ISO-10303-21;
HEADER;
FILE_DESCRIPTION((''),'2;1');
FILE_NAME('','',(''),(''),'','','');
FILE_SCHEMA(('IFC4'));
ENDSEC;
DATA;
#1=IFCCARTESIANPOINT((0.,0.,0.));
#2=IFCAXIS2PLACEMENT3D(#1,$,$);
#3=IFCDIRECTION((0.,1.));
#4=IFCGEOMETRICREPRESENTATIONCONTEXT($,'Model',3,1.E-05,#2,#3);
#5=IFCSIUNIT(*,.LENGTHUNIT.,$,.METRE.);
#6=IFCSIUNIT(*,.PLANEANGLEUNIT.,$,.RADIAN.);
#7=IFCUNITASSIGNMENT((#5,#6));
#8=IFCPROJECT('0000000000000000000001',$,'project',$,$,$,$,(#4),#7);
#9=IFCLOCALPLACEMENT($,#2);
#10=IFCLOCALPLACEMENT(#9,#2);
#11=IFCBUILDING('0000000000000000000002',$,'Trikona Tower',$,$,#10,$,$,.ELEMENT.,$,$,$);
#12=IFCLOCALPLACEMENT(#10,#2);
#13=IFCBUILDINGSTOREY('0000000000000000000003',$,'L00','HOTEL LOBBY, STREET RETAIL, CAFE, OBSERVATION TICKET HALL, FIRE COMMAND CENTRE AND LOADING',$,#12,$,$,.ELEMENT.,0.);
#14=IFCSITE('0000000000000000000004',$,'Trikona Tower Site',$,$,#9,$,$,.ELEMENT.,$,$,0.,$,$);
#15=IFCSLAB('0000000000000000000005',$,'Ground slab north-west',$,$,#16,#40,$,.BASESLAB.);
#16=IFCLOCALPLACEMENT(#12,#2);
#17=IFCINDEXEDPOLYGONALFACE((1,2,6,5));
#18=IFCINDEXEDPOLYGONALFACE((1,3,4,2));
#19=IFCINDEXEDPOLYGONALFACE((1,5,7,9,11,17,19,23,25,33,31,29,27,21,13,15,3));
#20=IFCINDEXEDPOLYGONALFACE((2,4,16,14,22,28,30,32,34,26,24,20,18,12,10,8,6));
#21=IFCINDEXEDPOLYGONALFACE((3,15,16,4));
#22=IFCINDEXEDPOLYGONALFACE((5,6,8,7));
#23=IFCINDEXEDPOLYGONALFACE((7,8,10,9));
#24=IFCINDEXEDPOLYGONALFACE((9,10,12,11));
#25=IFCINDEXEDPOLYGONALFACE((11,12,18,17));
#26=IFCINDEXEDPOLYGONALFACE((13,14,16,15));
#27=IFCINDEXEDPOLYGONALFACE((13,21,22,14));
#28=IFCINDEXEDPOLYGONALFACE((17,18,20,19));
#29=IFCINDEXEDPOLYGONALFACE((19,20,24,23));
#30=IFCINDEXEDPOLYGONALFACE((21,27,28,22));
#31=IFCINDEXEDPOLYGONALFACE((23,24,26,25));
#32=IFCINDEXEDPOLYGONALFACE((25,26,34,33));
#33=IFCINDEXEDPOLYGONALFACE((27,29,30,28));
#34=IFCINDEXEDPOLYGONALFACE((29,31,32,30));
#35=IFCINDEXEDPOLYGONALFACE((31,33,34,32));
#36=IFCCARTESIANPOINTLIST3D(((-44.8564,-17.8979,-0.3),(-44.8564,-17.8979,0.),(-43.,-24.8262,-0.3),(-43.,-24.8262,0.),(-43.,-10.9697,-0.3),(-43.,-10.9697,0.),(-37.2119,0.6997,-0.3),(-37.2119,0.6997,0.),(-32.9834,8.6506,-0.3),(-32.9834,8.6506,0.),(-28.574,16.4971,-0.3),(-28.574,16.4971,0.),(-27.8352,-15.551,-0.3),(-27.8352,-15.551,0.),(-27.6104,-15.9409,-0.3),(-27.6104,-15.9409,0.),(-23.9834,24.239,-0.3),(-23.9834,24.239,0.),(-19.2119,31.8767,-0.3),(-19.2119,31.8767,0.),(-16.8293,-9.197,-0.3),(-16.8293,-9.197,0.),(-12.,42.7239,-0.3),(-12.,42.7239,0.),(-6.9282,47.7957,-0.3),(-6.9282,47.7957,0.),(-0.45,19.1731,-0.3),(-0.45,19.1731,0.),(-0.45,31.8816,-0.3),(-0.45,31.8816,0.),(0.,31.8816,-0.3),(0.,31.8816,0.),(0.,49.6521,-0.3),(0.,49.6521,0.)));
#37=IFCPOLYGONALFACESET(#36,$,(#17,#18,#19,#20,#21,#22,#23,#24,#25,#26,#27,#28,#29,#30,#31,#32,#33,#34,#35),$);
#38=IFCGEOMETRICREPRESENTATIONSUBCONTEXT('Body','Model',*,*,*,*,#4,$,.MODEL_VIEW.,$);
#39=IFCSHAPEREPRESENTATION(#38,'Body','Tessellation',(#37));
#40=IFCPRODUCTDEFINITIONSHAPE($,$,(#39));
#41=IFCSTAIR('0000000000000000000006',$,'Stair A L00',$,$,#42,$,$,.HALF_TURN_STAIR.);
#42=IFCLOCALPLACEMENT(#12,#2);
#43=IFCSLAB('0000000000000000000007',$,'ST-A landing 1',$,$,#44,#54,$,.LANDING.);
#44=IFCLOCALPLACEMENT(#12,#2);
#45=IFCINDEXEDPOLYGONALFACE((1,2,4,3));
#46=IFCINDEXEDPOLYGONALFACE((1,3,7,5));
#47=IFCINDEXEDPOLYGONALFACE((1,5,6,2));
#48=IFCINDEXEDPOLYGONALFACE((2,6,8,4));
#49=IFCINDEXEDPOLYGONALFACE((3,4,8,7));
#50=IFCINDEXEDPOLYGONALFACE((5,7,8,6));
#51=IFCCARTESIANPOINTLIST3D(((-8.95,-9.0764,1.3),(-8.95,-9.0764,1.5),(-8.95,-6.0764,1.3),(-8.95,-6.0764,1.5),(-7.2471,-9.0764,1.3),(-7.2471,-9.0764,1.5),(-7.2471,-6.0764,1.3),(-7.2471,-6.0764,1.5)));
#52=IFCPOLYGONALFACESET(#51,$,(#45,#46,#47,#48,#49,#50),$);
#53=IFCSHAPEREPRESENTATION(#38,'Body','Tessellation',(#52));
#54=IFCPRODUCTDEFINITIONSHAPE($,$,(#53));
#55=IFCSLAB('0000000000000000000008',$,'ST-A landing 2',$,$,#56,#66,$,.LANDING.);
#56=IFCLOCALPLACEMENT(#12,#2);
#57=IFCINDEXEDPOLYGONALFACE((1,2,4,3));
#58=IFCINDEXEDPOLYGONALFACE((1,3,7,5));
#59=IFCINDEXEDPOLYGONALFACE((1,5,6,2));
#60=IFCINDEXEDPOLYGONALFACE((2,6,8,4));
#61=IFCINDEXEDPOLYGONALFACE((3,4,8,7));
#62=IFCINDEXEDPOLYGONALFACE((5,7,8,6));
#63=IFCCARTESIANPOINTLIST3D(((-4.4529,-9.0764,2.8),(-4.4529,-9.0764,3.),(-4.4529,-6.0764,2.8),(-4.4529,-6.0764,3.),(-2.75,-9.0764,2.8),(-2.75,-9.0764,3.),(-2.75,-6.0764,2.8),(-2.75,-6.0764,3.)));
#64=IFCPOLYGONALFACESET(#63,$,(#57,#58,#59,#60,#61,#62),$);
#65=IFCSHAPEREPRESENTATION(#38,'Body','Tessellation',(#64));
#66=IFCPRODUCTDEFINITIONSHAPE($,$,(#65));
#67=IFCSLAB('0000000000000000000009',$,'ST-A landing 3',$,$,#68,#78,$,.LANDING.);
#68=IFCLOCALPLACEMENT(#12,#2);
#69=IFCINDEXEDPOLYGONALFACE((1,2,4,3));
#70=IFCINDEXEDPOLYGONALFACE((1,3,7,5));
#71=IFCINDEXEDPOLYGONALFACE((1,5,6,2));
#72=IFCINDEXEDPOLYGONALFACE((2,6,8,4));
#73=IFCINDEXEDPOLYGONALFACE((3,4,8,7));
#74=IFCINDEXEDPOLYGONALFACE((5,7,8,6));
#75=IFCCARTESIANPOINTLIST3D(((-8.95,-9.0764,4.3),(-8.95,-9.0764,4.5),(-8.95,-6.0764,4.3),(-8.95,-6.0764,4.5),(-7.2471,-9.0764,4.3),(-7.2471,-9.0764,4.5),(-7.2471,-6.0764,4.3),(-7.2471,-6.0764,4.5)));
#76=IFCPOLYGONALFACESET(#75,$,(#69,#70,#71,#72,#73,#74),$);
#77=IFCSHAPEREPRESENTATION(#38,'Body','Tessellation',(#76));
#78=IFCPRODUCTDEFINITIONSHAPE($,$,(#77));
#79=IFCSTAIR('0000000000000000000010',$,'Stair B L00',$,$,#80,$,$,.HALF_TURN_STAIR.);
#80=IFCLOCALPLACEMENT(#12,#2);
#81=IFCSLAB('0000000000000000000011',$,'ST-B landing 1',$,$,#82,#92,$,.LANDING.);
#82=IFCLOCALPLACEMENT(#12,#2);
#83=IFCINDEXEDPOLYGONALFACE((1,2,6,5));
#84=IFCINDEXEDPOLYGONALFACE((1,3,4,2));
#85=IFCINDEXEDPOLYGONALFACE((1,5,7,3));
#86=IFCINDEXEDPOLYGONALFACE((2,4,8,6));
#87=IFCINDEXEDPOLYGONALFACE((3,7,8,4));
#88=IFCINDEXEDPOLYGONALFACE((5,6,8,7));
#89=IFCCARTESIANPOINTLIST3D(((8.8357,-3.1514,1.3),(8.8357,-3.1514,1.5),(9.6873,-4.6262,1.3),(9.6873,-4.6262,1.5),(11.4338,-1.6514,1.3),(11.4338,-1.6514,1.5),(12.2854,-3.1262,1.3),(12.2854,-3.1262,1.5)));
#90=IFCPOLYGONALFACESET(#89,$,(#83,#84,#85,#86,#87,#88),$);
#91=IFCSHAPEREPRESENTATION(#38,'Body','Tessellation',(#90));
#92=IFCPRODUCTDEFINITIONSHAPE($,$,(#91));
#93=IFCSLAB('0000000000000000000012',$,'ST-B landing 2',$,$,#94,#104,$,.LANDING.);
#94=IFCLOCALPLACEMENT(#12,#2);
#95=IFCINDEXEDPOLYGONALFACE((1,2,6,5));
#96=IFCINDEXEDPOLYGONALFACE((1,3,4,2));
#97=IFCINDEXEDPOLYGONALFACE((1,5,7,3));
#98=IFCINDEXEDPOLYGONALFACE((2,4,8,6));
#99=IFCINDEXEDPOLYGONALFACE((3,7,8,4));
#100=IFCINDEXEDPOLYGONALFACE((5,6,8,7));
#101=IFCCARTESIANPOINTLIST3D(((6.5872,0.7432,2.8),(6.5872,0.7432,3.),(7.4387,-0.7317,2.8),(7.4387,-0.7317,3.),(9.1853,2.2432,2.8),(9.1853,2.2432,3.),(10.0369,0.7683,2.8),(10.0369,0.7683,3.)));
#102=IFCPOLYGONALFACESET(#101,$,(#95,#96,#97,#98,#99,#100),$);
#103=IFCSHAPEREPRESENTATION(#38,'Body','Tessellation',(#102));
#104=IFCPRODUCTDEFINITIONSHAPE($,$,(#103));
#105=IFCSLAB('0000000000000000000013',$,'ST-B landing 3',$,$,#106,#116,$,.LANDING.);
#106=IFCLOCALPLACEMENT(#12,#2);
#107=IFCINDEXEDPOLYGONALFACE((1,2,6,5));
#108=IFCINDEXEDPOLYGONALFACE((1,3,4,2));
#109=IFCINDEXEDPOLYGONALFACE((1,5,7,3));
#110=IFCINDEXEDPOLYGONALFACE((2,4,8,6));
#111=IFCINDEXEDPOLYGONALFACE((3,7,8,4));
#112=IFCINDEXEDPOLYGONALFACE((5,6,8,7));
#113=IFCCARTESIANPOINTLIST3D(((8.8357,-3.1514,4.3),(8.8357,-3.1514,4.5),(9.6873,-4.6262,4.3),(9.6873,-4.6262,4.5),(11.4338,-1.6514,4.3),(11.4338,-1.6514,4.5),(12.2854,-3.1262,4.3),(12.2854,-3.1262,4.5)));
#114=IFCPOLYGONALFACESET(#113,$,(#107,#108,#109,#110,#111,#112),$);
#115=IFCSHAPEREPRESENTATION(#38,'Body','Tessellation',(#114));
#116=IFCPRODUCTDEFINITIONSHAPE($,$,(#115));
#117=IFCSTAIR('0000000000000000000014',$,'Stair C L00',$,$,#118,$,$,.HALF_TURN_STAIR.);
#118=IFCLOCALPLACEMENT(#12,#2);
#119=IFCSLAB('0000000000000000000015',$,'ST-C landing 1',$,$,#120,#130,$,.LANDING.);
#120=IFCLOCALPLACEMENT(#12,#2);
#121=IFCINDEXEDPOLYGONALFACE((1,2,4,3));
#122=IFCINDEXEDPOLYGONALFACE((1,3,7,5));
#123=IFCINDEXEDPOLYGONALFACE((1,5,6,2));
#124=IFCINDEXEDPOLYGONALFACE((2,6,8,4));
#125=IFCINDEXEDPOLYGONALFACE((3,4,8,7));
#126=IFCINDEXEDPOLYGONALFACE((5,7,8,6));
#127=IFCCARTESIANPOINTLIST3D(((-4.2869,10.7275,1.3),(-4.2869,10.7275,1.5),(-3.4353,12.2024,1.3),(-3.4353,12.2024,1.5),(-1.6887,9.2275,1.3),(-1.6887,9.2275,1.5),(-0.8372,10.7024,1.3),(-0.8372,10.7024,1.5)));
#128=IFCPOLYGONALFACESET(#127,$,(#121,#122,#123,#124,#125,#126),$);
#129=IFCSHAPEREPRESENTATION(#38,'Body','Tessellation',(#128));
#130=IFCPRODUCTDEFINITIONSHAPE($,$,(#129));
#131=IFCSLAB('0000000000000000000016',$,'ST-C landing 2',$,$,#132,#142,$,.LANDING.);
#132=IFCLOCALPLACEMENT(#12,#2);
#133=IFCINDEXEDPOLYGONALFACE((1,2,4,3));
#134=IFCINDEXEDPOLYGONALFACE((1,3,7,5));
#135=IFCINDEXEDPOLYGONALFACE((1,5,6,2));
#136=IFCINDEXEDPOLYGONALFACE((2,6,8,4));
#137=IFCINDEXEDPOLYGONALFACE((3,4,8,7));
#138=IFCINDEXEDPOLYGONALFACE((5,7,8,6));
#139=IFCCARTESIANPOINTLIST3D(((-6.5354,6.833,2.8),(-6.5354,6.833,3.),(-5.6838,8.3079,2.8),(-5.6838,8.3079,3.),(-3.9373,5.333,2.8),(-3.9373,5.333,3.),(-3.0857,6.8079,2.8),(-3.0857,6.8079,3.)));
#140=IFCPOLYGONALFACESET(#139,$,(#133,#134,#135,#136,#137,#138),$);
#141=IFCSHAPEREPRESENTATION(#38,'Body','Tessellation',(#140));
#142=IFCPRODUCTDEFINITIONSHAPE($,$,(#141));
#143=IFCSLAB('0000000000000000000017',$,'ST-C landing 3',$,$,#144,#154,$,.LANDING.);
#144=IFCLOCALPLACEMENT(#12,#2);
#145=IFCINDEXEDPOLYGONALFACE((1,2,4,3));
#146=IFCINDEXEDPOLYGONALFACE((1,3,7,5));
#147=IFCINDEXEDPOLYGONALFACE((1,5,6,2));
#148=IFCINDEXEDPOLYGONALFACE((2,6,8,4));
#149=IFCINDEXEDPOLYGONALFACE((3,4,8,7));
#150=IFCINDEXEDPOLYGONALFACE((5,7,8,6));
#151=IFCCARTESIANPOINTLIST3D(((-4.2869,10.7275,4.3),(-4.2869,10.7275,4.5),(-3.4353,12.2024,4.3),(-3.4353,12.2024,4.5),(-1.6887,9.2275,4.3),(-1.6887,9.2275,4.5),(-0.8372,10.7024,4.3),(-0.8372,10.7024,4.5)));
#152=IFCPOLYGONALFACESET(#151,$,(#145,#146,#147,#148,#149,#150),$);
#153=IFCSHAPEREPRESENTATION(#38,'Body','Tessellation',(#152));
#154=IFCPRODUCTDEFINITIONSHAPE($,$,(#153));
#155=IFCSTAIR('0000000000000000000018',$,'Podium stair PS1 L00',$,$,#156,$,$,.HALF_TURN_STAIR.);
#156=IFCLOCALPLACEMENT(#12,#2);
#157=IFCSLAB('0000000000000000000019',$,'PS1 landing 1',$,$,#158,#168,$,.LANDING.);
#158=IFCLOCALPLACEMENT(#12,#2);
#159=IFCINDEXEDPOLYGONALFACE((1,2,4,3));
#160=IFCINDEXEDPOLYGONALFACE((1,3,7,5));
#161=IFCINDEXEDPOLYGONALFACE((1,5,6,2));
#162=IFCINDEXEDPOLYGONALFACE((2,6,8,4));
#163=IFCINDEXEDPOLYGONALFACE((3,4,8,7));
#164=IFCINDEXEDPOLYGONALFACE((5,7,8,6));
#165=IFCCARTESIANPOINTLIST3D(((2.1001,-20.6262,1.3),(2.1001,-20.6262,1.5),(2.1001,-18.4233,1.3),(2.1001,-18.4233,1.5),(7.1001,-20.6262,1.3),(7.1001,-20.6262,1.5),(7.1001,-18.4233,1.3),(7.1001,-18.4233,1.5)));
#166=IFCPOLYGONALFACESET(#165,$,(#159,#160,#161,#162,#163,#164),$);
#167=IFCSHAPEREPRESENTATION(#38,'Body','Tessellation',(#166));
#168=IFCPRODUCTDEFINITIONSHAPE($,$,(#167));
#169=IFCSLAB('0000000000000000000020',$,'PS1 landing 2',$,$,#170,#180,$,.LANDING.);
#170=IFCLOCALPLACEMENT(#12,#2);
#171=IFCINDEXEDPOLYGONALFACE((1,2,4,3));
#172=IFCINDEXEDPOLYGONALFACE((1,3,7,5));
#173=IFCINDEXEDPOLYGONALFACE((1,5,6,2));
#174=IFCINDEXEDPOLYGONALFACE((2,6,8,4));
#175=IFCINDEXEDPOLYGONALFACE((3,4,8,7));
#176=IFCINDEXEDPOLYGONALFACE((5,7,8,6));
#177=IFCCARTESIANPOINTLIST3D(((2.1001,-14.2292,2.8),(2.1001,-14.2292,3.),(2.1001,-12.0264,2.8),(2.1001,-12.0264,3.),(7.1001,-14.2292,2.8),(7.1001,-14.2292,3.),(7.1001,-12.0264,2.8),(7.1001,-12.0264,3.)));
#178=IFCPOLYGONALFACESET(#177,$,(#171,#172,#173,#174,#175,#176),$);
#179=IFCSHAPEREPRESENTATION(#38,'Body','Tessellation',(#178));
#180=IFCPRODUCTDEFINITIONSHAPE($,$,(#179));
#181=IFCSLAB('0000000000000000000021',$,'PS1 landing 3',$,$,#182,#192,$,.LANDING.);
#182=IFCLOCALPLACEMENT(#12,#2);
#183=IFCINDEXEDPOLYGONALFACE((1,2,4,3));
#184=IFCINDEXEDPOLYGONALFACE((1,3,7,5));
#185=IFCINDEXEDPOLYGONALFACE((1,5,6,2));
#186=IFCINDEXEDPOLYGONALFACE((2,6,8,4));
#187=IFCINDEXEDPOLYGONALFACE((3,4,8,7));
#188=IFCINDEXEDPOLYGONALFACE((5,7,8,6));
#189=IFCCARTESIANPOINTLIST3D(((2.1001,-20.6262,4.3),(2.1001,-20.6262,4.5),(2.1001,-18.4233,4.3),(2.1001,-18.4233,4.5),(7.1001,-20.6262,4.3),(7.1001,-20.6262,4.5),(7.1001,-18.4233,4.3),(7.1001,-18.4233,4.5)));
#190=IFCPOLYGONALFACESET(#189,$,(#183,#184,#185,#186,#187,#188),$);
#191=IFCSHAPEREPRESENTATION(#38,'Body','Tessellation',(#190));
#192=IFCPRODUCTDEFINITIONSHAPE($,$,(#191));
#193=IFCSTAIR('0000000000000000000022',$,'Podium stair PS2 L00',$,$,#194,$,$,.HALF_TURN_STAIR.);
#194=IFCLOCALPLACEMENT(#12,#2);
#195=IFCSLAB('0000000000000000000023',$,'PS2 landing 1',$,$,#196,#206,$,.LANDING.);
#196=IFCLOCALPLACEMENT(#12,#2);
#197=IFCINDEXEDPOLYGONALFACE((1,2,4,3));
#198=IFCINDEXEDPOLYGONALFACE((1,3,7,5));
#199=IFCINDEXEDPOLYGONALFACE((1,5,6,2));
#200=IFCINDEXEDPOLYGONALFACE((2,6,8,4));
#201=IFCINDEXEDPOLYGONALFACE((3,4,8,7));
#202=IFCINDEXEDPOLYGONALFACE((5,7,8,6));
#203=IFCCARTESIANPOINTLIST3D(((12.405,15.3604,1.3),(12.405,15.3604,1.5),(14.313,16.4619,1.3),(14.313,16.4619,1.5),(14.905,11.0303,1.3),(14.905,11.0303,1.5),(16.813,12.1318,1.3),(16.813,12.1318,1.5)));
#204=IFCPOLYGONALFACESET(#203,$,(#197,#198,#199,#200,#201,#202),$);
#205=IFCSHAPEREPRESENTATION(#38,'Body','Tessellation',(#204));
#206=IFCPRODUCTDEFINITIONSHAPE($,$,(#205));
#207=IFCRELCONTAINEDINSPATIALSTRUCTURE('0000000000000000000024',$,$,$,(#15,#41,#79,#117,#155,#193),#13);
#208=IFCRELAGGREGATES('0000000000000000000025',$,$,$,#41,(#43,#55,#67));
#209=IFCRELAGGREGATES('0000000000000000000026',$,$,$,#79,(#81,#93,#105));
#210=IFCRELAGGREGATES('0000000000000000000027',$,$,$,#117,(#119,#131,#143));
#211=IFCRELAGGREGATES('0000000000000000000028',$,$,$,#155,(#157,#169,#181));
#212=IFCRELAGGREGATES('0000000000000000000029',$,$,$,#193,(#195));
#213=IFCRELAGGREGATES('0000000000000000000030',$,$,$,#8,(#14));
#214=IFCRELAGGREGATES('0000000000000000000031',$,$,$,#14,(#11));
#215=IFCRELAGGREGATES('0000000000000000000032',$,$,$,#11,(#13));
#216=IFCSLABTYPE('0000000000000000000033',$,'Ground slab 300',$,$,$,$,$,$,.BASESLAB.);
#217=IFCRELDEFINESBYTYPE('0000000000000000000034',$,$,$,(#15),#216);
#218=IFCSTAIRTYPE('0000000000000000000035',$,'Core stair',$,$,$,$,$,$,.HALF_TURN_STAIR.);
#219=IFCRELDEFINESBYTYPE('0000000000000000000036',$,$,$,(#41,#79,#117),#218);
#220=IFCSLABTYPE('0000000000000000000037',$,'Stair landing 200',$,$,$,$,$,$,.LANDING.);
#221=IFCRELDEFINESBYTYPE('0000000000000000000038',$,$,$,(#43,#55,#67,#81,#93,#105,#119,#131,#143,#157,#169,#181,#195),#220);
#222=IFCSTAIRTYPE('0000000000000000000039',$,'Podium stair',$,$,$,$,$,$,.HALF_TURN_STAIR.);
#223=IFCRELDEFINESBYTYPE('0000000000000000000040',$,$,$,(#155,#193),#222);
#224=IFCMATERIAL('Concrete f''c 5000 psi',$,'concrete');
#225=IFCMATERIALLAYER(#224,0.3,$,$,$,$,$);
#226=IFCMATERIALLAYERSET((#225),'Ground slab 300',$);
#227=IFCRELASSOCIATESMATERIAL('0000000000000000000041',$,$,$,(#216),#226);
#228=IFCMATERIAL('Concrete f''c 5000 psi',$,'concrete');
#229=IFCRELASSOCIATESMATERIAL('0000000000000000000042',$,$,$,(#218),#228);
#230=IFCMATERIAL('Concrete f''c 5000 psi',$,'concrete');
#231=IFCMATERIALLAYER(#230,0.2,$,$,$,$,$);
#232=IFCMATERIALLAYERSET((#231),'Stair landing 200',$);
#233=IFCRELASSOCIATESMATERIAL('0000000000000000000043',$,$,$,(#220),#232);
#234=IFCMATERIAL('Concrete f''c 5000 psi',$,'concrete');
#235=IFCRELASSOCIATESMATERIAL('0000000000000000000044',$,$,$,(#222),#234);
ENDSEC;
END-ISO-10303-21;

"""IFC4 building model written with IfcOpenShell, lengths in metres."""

from ifc_helpers import new_model, si_unit, direction, frame, origin, place, context, subcontext, project, spatial, polyline, outline, extrude, material, layer, layer_set, type_object, element, aggregate, save


model = new_model("IFC4")

# Units and contexts
model_context = context("Model", 3, precision=1e-05, world=origin(), true_north=direction((0.0, 1.0)))
body_context = subcontext(model_context, "Body", "Model", "MODEL_VIEW")
ifc_project = project(units=[si_unit("LENGTHUNIT", "METRE"), si_unit("PLANEANGLEUNIT", "RADIAN")], contexts=[model_context])

# Site, building, storey
site_placement = place(None, origin())
site = spatial("IfcSite", under=ifc_project, at=site_placement, Name="Trikona Tower Site", CompositionType="ELEMENT", RefElevation=0.0)
building_placement = place(site_placement, origin())
building = spatial("IfcBuilding", under=site, at=building_placement, Name="Trikona Tower", CompositionType="ELEMENT")
storey_placement = place(building_placement, origin())
storey = spatial("IfcBuildingStorey", under=building, at=storey_placement, Name="L00", Description="HOTEL LOBBY, STREET RETAIL, CAFE, OBSERVATION TICKET HALL, FIRE COMMAND CENTRE AND LOADING", CompositionType="ELEMENT", Elevation=0.0)

# Slab
ifc_material_1 = material(Name="Concrete f'c 5000 psi", Category="concrete")
ifc_layer_1 = layer(ifc_material_1, 0.3)
ifc_layer_set_1 = layer_set([ifc_layer_1], Name="Ground slab 300")
slab_type_1 = type_object("IfcSlabType", Name="Ground slab 300", PredefinedType="BASESLAB", material=ifc_layer_set_1)
slab_1_placement = place(storey_placement, frame((0.0, 0.0, -0.3)))
element("IfcSlab", 1, at=slab_1_placement, inside=storey, type_object=slab_type_1, Name="Ground slab north-west", PredefinedType="BASESLAB", context=body_context, shape_type="SweptSolid", body=[
    extrude(outline(polyline([(0.0, 49.6521), (-6.9282, 47.7957), (-12.0, 42.7239), (-19.2119, 31.8767), (-23.9834, 24.239), (-28.574, 16.4971), (-32.9834, 8.6506), (-37.2119, 0.6997), (-43.0, -10.9697), (-44.8564, -17.8979), (-43.0, -24.8262), (-27.6104, -15.9409), (-27.8352, -15.551), (-16.8293, -9.197), (-0.45, 19.1731), (-0.45, 31.8816), (0.0, 31.8816), (0.0, 49.6521)])), origin(), (0.0, 0.0, 1.0), 0.3),
])

# Stairs, slabs
ifc_material_2 = material(Name="Concrete f'c 5000 psi", Category="concrete")
stair_type_1 = type_object("IfcStairType", Name="Core stair", PredefinedType="HALF_TURN_STAIR", material=ifc_material_2)
stair_1_placement = place(storey_placement, origin())
stair_1 = element("IfcStair", 2, at=stair_1_placement, inside=storey, type_object=stair_type_1, Name="Stair A L00", PredefinedType="HALF_TURN_STAIR")
ifc_material_3 = material(Name="Concrete f'c 5000 psi", Category="concrete")
ifc_layer_2 = layer(ifc_material_3, 0.2)
ifc_layer_set_2 = layer_set([ifc_layer_2], Name="Stair landing 200")
slab_type_2 = type_object("IfcSlabType", Name="Stair landing 200", PredefinedType="LANDING", material=ifc_layer_set_2)
slab_2_placement = place(storey_placement, frame((0.0, 0.0, 1.3)))
slab_2 = element("IfcSlab", 3, at=slab_2_placement, type_object=slab_type_2, Name="ST-A landing 1", PredefinedType="LANDING", context=body_context, shape_type="SweptSolid", body=[
    extrude(outline(polyline([(-8.95, -6.0764), (-7.2471, -6.0764), (-7.2471, -9.0764), (-8.95, -9.0764), (-8.95, -6.0764)])), origin(), (0.0, 0.0, 1.0), 0.2),
])
slab_3_placement = place(storey_placement, frame((0.0, 0.0, 2.8)))
slab_3 = element("IfcSlab", 4, at=slab_3_placement, type_object=slab_type_2, Name="ST-A landing 2", PredefinedType="LANDING", context=body_context, shape_type="SweptSolid", body=[
    extrude(outline(polyline([(-4.4529, -6.0764), (-2.75, -6.0764), (-2.75, -9.0764), (-4.4529, -9.0764), (-4.4529, -6.0764)])), origin(), (0.0, 0.0, 1.0), 0.2),
])
slab_4_placement = place(storey_placement, frame((0.0, 0.0, 4.3)))
slab_4 = element("IfcSlab", 5, at=slab_4_placement, type_object=slab_type_2, Name="ST-A landing 3", PredefinedType="LANDING", context=body_context, shape_type="SweptSolid", body=[
    extrude(outline(polyline([(-8.95, -6.0764), (-7.2471, -6.0764), (-7.2471, -9.0764), (-8.95, -9.0764), (-8.95, -6.0764)])), origin(), (0.0, 0.0, 1.0), 0.2),
])
aggregate(stair_1, [slab_2, slab_3, slab_4])
stair_2_placement = place(storey_placement, origin())
stair_2 = element("IfcStair", 6, at=stair_2_placement, inside=storey, type_object=stair_type_1, Name="Stair B L00", PredefinedType="HALF_TURN_STAIR")
slab_5_placement = place(storey_placement, frame((0.0, 0.0, 1.3)))
slab_5 = element("IfcSlab", 7, at=slab_5_placement, type_object=slab_type_2, Name="ST-B landing 1", PredefinedType="LANDING", context=body_context, shape_type="SweptSolid", body=[
    extrude(outline(polyline([(9.6873, -4.6262), (8.8357, -3.1514), (11.4338, -1.6514), (12.2854, -3.1262), (9.6873, -4.6262)])), origin(), (0.0, 0.0, 1.0), 0.2),
])
slab_6_placement = place(storey_placement, frame((0.0, 0.0, 2.8)))
slab_6 = element("IfcSlab", 8, at=slab_6_placement, type_object=slab_type_2, Name="ST-B landing 2", PredefinedType="LANDING", context=body_context, shape_type="SweptSolid", body=[
    extrude(outline(polyline([(7.4387, -0.7317), (6.5872, 0.7432), (9.1853, 2.2432), (10.0369, 0.7683), (7.4387, -0.7317)])), origin(), (0.0, 0.0, 1.0), 0.2),
])
slab_7_placement = place(storey_placement, frame((0.0, 0.0, 4.3)))
slab_7 = element("IfcSlab", 9, at=slab_7_placement, type_object=slab_type_2, Name="ST-B landing 3", PredefinedType="LANDING", context=body_context, shape_type="SweptSolid", body=[
    extrude(outline(polyline([(9.6873, -4.6262), (8.8357, -3.1514), (11.4338, -1.6514), (12.2854, -3.1262), (9.6873, -4.6262)])), origin(), (0.0, 0.0, 1.0), 0.2),
])
aggregate(stair_2, [slab_5, slab_6, slab_7])
stair_3_placement = place(storey_placement, origin())
stair_3 = element("IfcStair", 10, at=stair_3_placement, inside=storey, type_object=stair_type_1, Name="Stair C L00", PredefinedType="HALF_TURN_STAIR")
slab_8_placement = place(storey_placement, frame((0.0, 0.0, 1.3)))
slab_8 = element("IfcSlab", 11, at=slab_8_placement, type_object=slab_type_2, Name="ST-C landing 1", PredefinedType="LANDING", context=body_context, shape_type="SweptSolid", body=[
    extrude(outline(polyline([(-0.8372, 10.7024), (-1.6887, 9.2275), (-4.2869, 10.7275), (-3.4353, 12.2024), (-0.8372, 10.7024)])), origin(), (0.0, 0.0, 1.0), 0.2),
])
slab_9_placement = place(storey_placement, frame((0.0, 0.0, 2.8)))
slab_9 = element("IfcSlab", 12, at=slab_9_placement, type_object=slab_type_2, Name="ST-C landing 2", PredefinedType="LANDING", context=body_context, shape_type="SweptSolid", body=[
    extrude(outline(polyline([(-3.0857, 6.8079), (-3.9373, 5.333), (-6.5354, 6.833), (-5.6838, 8.3079), (-3.0857, 6.8079)])), origin(), (0.0, 0.0, 1.0), 0.2),
])
slab_10_placement = place(storey_placement, frame((0.0, 0.0, 4.3)))
slab_10 = element("IfcSlab", 13, at=slab_10_placement, type_object=slab_type_2, Name="ST-C landing 3", PredefinedType="LANDING", context=body_context, shape_type="SweptSolid", body=[
    extrude(outline(polyline([(-0.8372, 10.7024), (-1.6887, 9.2275), (-4.2869, 10.7275), (-3.4353, 12.2024), (-0.8372, 10.7024)])), origin(), (0.0, 0.0, 1.0), 0.2),
])
aggregate(stair_3, [slab_8, slab_9, slab_10])
ifc_material_4 = material(Name="Concrete f'c 5000 psi", Category="concrete")
stair_type_2 = type_object("IfcStairType", Name="Podium stair", PredefinedType="HALF_TURN_STAIR", material=ifc_material_4)
stair_4_placement = place(storey_placement, origin())
stair_4 = element("IfcStair", 14, at=stair_4_placement, inside=storey, type_object=stair_type_2, Name="Podium stair PS1 L00", PredefinedType="HALF_TURN_STAIR")
slab_11_placement = place(storey_placement, frame((0.0, 0.0, 1.3)))
slab_11 = element("IfcSlab", 15, at=slab_11_placement, type_object=slab_type_2, Name="PS1 landing 1", PredefinedType="LANDING", context=body_context, shape_type="SweptSolid", body=[
    extrude(outline(polyline([(2.1001, -18.4233), (7.1001, -18.4233), (7.1001, -20.6262), (2.1001, -20.6262), (2.1001, -18.4233)])), origin(), (0.0, 0.0, 1.0), 0.2),
])
slab_12_placement = place(storey_placement, frame((0.0, 0.0, 2.8)))
slab_12 = element("IfcSlab", 16, at=slab_12_placement, type_object=slab_type_2, Name="PS1 landing 2", PredefinedType="LANDING", context=body_context, shape_type="SweptSolid", body=[
    extrude(outline(polyline([(2.1001, -12.0264), (7.1001, -12.0264), (7.1001, -14.2292), (2.1001, -14.2292), (2.1001, -12.0264)])), origin(), (0.0, 0.0, 1.0), 0.2),
])
slab_13_placement = place(storey_placement, frame((0.0, 0.0, 4.3)))
slab_13 = element("IfcSlab", 17, at=slab_13_placement, type_object=slab_type_2, Name="PS1 landing 3", PredefinedType="LANDING", context=body_context, shape_type="SweptSolid", body=[
    extrude(outline(polyline([(2.1001, -18.4233), (7.1001, -18.4233), (7.1001, -20.6262), (2.1001, -20.6262), (2.1001, -18.4233)])), origin(), (0.0, 0.0, 1.0), 0.2),
])
aggregate(stair_4, [slab_11, slab_12, slab_13])
stair_5_placement = place(storey_placement, origin())
stair_5 = element("IfcStair", 18, at=stair_5_placement, inside=storey, type_object=stair_type_2, Name="Podium stair PS2 L00", PredefinedType="HALF_TURN_STAIR")
slab_14_placement = place(storey_placement, frame((0.0, 0.0, 1.3)))
slab_14 = element("IfcSlab", 19, at=slab_14_placement, type_object=slab_type_2, Name="PS2 landing 1", PredefinedType="LANDING", context=body_context, shape_type="SweptSolid", body=[
    extrude(outline(polyline([(14.905, 11.0303), (12.405, 15.3604), (14.313, 16.4619), (16.813, 12.1318), (14.905, 11.0303)])), origin(), (0.0, 0.0, 1.0), 0.2),
])
aggregate(stair_5, [slab_14])

save(model, "model.ifc")
